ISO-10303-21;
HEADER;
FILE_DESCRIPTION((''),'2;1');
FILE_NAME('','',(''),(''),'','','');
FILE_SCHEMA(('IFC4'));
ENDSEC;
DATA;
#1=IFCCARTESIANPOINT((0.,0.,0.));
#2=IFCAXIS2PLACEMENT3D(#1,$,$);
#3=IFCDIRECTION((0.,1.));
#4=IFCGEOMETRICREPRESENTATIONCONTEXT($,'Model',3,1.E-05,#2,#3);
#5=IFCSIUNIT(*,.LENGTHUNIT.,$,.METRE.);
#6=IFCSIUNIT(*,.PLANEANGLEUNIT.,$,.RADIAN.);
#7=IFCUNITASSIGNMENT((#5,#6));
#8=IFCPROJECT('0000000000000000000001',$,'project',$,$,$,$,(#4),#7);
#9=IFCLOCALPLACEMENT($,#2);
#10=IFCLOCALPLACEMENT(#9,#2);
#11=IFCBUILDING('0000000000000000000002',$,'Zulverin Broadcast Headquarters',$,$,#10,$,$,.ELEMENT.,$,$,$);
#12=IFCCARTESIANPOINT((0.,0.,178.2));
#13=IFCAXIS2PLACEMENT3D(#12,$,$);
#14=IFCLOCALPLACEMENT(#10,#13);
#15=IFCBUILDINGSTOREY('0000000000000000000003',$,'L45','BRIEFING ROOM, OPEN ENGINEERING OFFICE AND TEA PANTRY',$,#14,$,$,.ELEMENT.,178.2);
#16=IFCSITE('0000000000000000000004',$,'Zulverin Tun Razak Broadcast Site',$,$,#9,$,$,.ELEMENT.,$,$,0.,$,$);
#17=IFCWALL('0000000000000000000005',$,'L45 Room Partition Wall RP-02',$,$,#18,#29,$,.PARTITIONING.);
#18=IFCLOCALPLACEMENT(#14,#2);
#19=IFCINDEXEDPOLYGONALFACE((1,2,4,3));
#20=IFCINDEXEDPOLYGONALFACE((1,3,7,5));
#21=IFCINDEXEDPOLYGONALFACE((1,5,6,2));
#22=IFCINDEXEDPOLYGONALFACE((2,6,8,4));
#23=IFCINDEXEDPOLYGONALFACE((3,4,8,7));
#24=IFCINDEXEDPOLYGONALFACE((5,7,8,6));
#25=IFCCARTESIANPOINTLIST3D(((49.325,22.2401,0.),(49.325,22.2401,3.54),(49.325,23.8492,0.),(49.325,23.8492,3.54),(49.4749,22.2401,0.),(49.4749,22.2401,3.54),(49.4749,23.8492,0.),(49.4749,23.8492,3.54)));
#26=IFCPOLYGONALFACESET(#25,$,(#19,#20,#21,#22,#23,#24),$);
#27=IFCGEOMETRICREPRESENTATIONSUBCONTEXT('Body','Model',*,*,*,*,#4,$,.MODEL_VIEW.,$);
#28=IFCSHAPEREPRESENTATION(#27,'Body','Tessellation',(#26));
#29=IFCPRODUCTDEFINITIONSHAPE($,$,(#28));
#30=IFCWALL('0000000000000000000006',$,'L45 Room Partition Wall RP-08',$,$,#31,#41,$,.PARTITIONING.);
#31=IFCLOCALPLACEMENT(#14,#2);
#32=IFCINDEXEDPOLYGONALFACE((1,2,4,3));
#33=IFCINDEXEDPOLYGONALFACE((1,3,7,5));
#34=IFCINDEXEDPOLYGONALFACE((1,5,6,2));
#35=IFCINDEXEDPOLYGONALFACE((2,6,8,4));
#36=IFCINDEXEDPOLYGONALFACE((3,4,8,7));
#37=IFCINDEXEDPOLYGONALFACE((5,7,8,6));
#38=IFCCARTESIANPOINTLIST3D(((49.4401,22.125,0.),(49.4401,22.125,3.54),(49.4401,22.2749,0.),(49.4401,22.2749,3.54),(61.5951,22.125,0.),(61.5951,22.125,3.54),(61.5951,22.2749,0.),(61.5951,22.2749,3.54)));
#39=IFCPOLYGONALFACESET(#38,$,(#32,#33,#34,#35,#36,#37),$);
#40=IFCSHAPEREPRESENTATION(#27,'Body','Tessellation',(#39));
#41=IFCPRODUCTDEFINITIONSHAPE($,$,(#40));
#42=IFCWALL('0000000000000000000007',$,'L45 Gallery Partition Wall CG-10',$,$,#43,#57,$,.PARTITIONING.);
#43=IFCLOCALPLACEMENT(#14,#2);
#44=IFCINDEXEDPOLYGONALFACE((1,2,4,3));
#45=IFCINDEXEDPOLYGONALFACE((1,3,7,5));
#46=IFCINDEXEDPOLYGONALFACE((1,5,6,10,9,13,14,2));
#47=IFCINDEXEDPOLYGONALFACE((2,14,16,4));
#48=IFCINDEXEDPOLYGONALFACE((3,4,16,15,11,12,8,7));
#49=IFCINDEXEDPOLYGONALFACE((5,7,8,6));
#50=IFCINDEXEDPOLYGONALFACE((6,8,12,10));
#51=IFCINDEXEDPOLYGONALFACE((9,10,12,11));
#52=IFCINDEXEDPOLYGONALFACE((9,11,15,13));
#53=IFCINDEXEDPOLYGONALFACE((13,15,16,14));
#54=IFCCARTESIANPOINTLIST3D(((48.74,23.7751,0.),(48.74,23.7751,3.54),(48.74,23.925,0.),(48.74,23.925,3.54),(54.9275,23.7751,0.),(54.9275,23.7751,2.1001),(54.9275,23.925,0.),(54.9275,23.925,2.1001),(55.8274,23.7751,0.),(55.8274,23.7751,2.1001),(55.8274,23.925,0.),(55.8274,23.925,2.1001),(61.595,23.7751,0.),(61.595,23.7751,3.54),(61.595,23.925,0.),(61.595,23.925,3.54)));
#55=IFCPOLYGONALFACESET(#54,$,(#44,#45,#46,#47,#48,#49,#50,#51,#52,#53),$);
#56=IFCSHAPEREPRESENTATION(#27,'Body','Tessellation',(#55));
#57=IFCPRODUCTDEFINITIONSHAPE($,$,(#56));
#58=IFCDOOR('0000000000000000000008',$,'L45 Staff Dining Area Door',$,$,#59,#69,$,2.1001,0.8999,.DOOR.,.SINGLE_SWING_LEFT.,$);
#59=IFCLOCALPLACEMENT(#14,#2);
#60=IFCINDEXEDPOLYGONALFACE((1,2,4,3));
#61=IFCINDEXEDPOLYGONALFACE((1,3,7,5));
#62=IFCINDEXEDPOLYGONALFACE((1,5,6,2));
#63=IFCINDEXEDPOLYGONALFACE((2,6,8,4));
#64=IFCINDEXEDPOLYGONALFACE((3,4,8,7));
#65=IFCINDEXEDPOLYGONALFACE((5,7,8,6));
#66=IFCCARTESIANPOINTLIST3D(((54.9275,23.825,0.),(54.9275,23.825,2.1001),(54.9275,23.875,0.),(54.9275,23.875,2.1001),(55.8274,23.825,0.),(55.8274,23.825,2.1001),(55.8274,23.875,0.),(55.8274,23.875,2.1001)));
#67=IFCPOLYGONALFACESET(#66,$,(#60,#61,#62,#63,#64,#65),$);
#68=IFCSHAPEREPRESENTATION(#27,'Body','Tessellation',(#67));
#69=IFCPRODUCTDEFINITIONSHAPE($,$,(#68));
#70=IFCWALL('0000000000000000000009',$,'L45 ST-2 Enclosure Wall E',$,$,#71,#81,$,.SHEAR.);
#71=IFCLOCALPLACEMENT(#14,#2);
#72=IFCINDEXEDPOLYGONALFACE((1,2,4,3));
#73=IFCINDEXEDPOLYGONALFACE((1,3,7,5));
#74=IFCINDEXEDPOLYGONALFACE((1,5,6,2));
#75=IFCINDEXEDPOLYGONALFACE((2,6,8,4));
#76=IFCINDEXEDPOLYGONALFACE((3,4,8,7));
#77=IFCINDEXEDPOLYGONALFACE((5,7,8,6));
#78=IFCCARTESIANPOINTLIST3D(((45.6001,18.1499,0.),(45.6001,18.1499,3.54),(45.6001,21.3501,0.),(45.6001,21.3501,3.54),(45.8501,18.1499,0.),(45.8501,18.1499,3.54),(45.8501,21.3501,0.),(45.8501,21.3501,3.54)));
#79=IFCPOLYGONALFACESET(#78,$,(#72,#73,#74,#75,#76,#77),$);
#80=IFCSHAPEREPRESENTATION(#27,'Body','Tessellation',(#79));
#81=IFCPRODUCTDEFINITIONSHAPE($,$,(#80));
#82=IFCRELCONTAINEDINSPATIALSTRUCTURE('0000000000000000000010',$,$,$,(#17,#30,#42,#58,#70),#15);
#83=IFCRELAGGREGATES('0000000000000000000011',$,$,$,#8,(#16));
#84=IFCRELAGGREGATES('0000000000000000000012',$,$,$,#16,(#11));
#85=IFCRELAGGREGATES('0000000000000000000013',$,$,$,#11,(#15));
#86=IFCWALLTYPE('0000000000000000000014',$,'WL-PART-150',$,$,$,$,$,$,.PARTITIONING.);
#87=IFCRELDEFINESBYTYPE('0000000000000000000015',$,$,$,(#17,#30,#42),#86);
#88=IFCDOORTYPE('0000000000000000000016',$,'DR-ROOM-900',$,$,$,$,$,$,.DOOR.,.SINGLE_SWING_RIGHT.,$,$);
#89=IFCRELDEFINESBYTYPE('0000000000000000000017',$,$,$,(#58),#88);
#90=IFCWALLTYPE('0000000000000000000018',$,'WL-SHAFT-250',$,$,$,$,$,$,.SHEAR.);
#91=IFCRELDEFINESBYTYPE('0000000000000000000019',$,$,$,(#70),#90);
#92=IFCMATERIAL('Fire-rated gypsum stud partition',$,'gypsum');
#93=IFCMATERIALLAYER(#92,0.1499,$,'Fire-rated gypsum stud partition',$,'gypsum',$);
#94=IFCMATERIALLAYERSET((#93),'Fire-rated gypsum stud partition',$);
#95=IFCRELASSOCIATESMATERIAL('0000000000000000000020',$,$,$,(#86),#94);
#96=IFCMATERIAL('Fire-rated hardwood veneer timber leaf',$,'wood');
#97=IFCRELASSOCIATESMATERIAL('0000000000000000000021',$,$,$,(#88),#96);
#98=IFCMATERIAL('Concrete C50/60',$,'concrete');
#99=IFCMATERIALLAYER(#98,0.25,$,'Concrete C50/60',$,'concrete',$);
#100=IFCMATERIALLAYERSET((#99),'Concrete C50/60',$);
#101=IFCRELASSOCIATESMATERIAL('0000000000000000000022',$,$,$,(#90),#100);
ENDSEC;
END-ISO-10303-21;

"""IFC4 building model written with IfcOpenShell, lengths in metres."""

from ifc_helpers import new_model, si_unit, direction, frame, frame_2d, origin, place, context, subcontext, project, spatial, rectangle, extrude, material, layer, layer_set, type_object, element, fill, save


model = new_model("IFC4")

# Units and contexts
model_context = context("Model", 3, precision=1e-05, world=origin(), true_north=direction((0.0, 1.0)))
body_context = subcontext(model_context, "Body", "Model", "MODEL_VIEW")
ifc_project = project(units=[si_unit("LENGTHUNIT", "METRE"), si_unit("PLANEANGLEUNIT", "RADIAN")], contexts=[model_context])

# Site, building, storey
site_placement = place(None, origin())
site = spatial("IfcSite", under=ifc_project, at=site_placement, Name="Zulverin Tun Razak Broadcast Site", CompositionType="ELEMENT", RefElevation=0.0)
building_placement = place(site_placement, origin())
building = spatial("IfcBuilding", under=site, at=building_placement, Name="Zulverin Broadcast Headquarters", CompositionType="ELEMENT")
storey_placement = place(building_placement, frame((0.0, 0.0, 178.2)))
storey = spatial("IfcBuildingStorey", under=building, at=storey_placement, Name="L45", Description="BRIEFING ROOM, OPEN ENGINEERING OFFICE AND TEA PANTRY", CompositionType="ELEMENT", Elevation=178.2)

# Walls
ifc_material_1 = material(Name="Fire-rated gypsum stud partition", Category="gypsum")
ifc_layer_1 = layer(ifc_material_1, 0.1499, Name="Fire-rated gypsum stud partition", Category="gypsum")
ifc_layer_set_1 = layer_set([ifc_layer_1], Name="Fire-rated gypsum stud partition")
wall_type_1 = type_object("IfcWallType", Name="WL-PART-150", PredefinedType="PARTITIONING", material=ifc_layer_set_1)
wall_1_placement = place(storey_placement, frame((49.3999, 22.24, 0.0), z_axis=(0.0, 0.0, 1.0), x_axis=(0.0, 1.0, 0.0)))
element("IfcWall", 1, at=wall_1_placement, inside=storey, type_object=wall_type_1, Name="L45 Room Partition Wall RP-02", PredefinedType="PARTITIONING", context=body_context, shape_type="SweptSolid", body=[
    extrude(rectangle(XDim=1.6091, YDim=0.1499, at=frame_2d((0.8047, 0.0))), origin(), (0.0, 0.0, 1.0), 3.54),
])
wall_2_placement = place(storey_placement, frame((49.4399, 22.2, 0.0), z_axis=(0.0, 0.0, 1.0), x_axis=(1.0, 0.0, 0.0)))
element("IfcWall", 2, at=wall_2_placement, inside=storey, type_object=wall_type_1, Name="L45 Room Partition Wall RP-08", PredefinedType="PARTITIONING", context=body_context, shape_type="SweptSolid", body=[
    extrude(rectangle(XDim=12.155, YDim=0.1499, at=frame_2d((6.0776, 0.0))), origin(), (0.0, 0.0, 1.0), 3.54),
])

# Wall, opening, door
wall_3_placement = place(storey_placement, frame((48.74, 23.8501, 0.0), z_axis=(0.0, 0.0, 1.0), x_axis=(1.0, 0.0, 0.0)))
wall_3 = element("IfcWall", 3, at=wall_3_placement, inside=storey, type_object=wall_type_1, Name="L45 Gallery Partition Wall CG-10", PredefinedType="PARTITIONING", context=body_context, shape_type="SweptSolid", body=[
    extrude(rectangle(XDim=12.855, YDim=0.1499, at=frame_2d((6.4275, 0.0))), origin(), (0.0, 0.0, 1.0), 3.54),
])
opening_1_placement = place(wall_3_placement, frame((6.1875, 0.0, 0.0)))
opening_1 = element("IfcOpeningElement", 4, at=opening_1_placement, cuts=wall_3, PredefinedType="OPENING", context=body_context, shape_type="SweptSolid", body=[
    extrude(rectangle(XDim=0.8999, YDim=2.1001, at=frame_2d((0.45, 1.05))), frame((0.0, 0.085, 0.0), z_axis=(0.0, -1.0, 0.0), x_axis=(1.0, 0.0, 0.0)), (0.0, 0.0, 1.0), 0.1699),
])
ifc_material_2 = material(Name="Fire-rated hardwood veneer timber leaf", Category="wood")
door_type_1 = type_object("IfcDoorType", Name="DR-ROOM-900", OperationType="SINGLE_SWING_RIGHT", PredefinedType="DOOR", material=ifc_material_2)
door_1_placement = place(opening_1_placement, origin())
door_1 = element("IfcDoor", 5, at=door_1_placement, inside=storey, type_object=door_type_1, Name="L45 Staff Dining Area Door", OperationType="SINGLE_SWING_LEFT", OverallHeight=2.1001, OverallWidth=0.8999, PredefinedType="DOOR", context=body_context, shape_type="SweptSolid", body=[
    extrude(rectangle(XDim=0.8999, YDim=2.1001, at=frame_2d((0.45, 1.05))), frame((0.0, 0.0249, 0.0), z_axis=(0.0, -1.0, 0.0), x_axis=(1.0, 0.0, 0.0)), (0.0, 0.0, 1.0), 0.05),
])
fill(opening_1, door_1)

# Wall
ifc_material_3 = material(Name="Concrete C50/60", Category="concrete")
ifc_layer_2 = layer(ifc_material_3, 0.25, Name="Concrete C50/60", Category="concrete")
ifc_layer_set_2 = layer_set([ifc_layer_2], Name="Concrete C50/60")
wall_type_2 = type_object("IfcWallType", Name="WL-SHAFT-250", PredefinedType="SHEAR", material=ifc_layer_set_2)
wall_4_placement = place(storey_placement, frame((45.7251, 18.1499, 0.0), z_axis=(0.0, 0.0, 1.0), x_axis=(0.0, 1.0, 0.0)))
element("IfcWall", 6, at=wall_4_placement, inside=storey, type_object=wall_type_2, Name="L45 ST-2 Enclosure Wall E", PredefinedType="SHEAR", context=body_context, shape_type="SweptSolid", body=[
    extrude(rectangle(XDim=3.2002, YDim=0.25, at=frame_2d((1.6001, 0.0))), origin(), (0.0, 0.0, 1.0), 3.54),
])

save(model, "model.ifc")
